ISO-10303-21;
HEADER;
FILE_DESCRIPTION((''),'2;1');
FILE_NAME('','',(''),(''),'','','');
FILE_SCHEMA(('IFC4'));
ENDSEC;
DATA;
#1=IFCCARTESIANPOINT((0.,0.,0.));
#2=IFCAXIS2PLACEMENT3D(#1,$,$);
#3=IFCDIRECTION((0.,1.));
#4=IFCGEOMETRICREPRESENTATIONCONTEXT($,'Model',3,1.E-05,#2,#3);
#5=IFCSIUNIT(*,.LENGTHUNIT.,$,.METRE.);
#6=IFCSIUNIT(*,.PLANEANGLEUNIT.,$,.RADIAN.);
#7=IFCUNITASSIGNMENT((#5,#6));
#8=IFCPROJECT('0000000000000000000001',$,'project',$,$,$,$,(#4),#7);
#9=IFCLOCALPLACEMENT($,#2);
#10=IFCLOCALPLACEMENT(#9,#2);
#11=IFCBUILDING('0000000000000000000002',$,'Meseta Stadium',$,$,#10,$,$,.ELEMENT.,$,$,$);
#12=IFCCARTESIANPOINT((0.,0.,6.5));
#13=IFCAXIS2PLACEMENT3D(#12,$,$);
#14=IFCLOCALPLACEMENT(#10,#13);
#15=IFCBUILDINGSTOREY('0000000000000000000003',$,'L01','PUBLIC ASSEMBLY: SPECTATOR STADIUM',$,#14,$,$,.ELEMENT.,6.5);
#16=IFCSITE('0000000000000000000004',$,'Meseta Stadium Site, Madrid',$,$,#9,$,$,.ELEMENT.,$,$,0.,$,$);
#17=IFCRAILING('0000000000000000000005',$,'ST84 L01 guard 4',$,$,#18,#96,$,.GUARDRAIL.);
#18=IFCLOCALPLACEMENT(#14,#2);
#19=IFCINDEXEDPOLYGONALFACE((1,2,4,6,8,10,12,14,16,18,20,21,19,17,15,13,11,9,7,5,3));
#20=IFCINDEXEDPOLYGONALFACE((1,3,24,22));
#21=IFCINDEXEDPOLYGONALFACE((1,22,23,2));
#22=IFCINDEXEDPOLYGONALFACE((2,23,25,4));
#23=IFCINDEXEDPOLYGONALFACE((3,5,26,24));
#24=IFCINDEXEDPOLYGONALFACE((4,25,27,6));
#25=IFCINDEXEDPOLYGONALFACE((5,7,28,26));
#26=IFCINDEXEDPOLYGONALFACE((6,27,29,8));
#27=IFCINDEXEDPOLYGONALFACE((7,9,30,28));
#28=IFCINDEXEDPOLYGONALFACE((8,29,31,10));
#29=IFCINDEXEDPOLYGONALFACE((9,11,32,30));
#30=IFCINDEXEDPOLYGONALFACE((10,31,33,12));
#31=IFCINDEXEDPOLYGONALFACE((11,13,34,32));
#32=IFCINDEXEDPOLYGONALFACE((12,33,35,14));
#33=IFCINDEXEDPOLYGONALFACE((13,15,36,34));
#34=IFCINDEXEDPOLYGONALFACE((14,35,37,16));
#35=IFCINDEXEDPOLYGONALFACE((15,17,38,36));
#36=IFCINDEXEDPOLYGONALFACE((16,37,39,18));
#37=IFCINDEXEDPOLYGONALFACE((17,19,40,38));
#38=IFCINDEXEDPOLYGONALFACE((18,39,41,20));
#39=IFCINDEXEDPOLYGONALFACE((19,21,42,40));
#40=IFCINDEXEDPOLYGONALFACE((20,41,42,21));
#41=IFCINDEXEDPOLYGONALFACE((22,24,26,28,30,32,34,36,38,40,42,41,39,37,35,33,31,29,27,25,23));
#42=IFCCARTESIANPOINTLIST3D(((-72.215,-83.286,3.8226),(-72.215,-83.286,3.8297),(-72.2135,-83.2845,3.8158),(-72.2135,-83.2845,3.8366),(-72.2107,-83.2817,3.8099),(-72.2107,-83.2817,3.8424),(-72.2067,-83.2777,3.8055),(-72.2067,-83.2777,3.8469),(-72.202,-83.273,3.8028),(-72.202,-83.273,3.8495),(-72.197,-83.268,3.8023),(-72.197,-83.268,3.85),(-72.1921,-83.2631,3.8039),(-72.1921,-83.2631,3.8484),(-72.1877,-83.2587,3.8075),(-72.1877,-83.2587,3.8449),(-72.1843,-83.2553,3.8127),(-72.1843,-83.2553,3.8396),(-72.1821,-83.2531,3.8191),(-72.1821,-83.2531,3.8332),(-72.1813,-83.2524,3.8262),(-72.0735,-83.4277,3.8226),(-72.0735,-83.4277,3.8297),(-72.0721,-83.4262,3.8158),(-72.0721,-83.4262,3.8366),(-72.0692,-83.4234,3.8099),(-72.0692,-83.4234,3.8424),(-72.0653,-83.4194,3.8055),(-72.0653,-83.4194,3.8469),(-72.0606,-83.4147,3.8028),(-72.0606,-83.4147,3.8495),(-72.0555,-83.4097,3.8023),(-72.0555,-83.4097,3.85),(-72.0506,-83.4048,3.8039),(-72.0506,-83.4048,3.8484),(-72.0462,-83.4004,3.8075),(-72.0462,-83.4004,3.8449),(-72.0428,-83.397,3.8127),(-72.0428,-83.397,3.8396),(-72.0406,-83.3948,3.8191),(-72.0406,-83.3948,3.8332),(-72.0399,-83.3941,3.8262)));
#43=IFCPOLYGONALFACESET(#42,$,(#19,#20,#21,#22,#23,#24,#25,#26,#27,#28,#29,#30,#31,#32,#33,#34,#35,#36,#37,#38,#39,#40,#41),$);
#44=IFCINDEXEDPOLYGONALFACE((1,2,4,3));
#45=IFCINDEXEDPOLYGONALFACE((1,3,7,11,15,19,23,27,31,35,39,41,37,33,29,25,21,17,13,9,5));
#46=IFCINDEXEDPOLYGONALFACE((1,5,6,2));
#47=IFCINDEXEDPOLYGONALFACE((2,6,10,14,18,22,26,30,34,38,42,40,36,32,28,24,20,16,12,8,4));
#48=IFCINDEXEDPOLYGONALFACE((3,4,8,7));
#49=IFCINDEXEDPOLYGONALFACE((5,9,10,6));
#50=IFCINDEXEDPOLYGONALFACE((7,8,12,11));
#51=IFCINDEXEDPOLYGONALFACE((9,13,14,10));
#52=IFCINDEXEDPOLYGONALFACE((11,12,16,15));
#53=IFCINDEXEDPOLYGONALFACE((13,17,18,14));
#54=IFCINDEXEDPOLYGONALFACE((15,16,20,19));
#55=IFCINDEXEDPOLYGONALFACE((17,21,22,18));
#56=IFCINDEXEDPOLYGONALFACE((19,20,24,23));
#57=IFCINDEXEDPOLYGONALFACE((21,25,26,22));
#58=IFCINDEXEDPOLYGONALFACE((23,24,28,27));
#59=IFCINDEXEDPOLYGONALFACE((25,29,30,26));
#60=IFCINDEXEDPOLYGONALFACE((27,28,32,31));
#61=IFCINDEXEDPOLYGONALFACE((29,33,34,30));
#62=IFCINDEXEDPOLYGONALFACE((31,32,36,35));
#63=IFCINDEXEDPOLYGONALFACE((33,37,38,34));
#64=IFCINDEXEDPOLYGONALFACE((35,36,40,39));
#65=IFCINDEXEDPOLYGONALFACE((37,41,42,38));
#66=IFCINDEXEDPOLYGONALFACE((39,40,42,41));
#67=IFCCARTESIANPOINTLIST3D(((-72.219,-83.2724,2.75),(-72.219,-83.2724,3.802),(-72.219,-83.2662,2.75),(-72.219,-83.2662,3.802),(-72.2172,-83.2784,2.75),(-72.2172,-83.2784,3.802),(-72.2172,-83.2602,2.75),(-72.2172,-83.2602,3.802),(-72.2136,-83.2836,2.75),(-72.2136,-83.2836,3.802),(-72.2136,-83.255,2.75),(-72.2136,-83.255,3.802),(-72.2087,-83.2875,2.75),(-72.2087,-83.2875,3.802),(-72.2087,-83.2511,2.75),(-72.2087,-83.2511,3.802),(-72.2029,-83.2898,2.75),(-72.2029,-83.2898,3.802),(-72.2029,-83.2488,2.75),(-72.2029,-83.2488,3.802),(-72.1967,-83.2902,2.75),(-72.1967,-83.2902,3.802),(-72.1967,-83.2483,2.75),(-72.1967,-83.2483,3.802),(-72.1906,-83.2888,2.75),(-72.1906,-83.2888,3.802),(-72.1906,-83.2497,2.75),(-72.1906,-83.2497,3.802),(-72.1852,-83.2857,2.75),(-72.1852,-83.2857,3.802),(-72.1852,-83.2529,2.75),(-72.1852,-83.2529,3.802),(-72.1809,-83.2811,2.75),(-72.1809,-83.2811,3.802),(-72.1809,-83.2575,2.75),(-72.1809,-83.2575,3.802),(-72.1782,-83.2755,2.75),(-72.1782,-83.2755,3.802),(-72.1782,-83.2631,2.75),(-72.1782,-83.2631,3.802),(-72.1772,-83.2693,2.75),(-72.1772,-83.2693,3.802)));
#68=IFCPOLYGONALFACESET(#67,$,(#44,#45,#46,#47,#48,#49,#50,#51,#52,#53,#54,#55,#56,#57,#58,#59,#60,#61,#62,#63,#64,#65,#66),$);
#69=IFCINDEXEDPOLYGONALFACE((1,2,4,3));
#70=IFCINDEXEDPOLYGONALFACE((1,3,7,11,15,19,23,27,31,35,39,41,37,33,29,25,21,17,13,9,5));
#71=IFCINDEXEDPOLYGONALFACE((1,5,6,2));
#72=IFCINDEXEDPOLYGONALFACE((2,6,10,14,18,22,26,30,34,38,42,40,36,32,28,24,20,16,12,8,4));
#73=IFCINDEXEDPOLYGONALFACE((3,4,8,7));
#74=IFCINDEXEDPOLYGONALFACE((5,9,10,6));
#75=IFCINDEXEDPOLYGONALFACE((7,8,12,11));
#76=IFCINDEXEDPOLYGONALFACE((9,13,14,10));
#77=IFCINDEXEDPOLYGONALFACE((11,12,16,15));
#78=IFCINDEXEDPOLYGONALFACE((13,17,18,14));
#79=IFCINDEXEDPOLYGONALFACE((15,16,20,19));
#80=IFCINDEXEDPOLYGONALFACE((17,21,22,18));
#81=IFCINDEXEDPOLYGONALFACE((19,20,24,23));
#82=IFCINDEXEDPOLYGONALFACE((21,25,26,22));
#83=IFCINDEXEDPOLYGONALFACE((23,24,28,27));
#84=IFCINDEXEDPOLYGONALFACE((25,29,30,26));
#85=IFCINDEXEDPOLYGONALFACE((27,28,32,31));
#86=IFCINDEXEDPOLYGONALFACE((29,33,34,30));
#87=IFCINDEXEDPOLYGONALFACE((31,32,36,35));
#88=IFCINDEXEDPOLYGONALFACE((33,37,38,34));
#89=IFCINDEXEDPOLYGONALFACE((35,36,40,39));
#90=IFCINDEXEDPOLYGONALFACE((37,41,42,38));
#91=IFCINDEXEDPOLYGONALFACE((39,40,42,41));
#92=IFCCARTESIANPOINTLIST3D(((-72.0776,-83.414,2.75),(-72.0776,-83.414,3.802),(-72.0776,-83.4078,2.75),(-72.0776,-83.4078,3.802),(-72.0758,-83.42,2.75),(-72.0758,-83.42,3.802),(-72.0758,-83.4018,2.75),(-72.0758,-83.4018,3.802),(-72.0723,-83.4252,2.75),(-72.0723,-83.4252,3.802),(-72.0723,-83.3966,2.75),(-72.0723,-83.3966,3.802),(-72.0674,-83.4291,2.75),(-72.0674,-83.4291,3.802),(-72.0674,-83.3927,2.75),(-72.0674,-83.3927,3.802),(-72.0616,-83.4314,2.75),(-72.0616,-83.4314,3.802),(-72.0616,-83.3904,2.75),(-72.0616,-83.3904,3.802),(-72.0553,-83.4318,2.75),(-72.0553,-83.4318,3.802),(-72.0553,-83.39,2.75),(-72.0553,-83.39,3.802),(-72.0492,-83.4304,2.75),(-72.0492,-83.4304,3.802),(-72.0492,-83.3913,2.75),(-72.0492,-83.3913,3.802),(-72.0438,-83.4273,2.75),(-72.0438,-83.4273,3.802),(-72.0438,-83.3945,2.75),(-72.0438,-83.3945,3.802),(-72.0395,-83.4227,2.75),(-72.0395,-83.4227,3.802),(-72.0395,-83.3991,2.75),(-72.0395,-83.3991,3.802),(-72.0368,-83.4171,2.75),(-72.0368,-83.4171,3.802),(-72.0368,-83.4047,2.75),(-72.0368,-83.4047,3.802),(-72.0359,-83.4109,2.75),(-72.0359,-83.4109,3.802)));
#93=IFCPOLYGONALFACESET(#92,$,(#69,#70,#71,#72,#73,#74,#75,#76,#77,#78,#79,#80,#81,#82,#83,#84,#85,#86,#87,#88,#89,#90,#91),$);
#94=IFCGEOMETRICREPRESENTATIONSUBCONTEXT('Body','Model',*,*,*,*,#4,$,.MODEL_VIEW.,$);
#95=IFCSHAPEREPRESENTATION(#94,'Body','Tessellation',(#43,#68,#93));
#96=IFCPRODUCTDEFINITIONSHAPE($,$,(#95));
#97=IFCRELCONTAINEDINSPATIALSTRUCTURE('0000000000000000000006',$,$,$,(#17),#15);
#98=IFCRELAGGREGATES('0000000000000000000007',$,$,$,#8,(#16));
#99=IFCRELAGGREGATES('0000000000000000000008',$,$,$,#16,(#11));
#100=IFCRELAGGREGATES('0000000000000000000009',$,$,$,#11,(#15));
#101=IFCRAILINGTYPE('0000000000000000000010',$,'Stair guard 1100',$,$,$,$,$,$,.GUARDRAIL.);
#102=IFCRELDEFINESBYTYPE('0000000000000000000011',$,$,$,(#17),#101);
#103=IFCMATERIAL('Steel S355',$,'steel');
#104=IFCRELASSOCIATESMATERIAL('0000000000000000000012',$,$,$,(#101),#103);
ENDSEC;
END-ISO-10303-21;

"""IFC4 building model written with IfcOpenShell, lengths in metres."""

from ifc_helpers import new_model, si_unit, direction, frame, origin, origin_2d, place, context, subcontext, project, spatial, circle, extrude, material, type_object, element, save


model = new_model("IFC4")

# Units and contexts
model_context = context("Model", 3, precision=1e-05, world=origin(), true_north=direction((0.0, 1.0)))
body_context = subcontext(model_context, "Body", "Model", "MODEL_VIEW")
ifc_project = project(units=[si_unit("LENGTHUNIT", "METRE"), si_unit("PLANEANGLEUNIT", "RADIAN")], contexts=[model_context])

# Site, building, storey
site_placement = place(None, origin())
site = spatial("IfcSite", under=ifc_project, at=site_placement, Name="Meseta Stadium Site, Madrid", CompositionType="ELEMENT", RefElevation=0.0)
building_placement = place(site_placement, origin())
building = spatial("IfcBuilding", under=site, at=building_placement, Name="Meseta Stadium", CompositionType="ELEMENT")
storey_placement = place(building_placement, frame((0.0, 0.0, 6.5)))
storey = spatial("IfcBuildingStorey", under=building, at=storey_placement, Name="L01", Description="PUBLIC ASSEMBLY: SPECTATOR STADIUM", CompositionType="ELEMENT", Elevation=6.5)

# Railing
ifc_material_1 = material(Name="Steel S355", Category="steel")
railing_type = type_object("IfcRailingType", Name="Stair guard 1100", PredefinedType="GUARDRAIL", material=ifc_material_1)
railing_1_placement = place(storey_placement, frame((-72.1982, -83.2693, 2.75)))
element("IfcRailing", 1, at=railing_1_placement, inside=storey, type_object=railing_type, Name="ST84 L01 guard 4", PredefinedType="GUARDRAIL", context=body_context, shape_type="SweptSolid", body=[
    extrude(circle(Radius=0.0239, at=origin_2d()), frame((0.0, 0.0, 1.0762), z_axis=(0.706496, -0.707717, 0.0), x_axis=(0.707717, 0.706496, 0.0)), (0.0, 0.0, 1.0), 0.2002),
    extrude(circle(Radius=0.021, at=origin_2d()), origin(), (0.0, 0.0, 1.0), 1.052),
    extrude(circle(Radius=0.021, at=origin_2d()), frame((0.1414, -0.1416, 0.0)), (0.0, 0.0, 1.0), 1.052),
])

save(model, "model.ifc")
